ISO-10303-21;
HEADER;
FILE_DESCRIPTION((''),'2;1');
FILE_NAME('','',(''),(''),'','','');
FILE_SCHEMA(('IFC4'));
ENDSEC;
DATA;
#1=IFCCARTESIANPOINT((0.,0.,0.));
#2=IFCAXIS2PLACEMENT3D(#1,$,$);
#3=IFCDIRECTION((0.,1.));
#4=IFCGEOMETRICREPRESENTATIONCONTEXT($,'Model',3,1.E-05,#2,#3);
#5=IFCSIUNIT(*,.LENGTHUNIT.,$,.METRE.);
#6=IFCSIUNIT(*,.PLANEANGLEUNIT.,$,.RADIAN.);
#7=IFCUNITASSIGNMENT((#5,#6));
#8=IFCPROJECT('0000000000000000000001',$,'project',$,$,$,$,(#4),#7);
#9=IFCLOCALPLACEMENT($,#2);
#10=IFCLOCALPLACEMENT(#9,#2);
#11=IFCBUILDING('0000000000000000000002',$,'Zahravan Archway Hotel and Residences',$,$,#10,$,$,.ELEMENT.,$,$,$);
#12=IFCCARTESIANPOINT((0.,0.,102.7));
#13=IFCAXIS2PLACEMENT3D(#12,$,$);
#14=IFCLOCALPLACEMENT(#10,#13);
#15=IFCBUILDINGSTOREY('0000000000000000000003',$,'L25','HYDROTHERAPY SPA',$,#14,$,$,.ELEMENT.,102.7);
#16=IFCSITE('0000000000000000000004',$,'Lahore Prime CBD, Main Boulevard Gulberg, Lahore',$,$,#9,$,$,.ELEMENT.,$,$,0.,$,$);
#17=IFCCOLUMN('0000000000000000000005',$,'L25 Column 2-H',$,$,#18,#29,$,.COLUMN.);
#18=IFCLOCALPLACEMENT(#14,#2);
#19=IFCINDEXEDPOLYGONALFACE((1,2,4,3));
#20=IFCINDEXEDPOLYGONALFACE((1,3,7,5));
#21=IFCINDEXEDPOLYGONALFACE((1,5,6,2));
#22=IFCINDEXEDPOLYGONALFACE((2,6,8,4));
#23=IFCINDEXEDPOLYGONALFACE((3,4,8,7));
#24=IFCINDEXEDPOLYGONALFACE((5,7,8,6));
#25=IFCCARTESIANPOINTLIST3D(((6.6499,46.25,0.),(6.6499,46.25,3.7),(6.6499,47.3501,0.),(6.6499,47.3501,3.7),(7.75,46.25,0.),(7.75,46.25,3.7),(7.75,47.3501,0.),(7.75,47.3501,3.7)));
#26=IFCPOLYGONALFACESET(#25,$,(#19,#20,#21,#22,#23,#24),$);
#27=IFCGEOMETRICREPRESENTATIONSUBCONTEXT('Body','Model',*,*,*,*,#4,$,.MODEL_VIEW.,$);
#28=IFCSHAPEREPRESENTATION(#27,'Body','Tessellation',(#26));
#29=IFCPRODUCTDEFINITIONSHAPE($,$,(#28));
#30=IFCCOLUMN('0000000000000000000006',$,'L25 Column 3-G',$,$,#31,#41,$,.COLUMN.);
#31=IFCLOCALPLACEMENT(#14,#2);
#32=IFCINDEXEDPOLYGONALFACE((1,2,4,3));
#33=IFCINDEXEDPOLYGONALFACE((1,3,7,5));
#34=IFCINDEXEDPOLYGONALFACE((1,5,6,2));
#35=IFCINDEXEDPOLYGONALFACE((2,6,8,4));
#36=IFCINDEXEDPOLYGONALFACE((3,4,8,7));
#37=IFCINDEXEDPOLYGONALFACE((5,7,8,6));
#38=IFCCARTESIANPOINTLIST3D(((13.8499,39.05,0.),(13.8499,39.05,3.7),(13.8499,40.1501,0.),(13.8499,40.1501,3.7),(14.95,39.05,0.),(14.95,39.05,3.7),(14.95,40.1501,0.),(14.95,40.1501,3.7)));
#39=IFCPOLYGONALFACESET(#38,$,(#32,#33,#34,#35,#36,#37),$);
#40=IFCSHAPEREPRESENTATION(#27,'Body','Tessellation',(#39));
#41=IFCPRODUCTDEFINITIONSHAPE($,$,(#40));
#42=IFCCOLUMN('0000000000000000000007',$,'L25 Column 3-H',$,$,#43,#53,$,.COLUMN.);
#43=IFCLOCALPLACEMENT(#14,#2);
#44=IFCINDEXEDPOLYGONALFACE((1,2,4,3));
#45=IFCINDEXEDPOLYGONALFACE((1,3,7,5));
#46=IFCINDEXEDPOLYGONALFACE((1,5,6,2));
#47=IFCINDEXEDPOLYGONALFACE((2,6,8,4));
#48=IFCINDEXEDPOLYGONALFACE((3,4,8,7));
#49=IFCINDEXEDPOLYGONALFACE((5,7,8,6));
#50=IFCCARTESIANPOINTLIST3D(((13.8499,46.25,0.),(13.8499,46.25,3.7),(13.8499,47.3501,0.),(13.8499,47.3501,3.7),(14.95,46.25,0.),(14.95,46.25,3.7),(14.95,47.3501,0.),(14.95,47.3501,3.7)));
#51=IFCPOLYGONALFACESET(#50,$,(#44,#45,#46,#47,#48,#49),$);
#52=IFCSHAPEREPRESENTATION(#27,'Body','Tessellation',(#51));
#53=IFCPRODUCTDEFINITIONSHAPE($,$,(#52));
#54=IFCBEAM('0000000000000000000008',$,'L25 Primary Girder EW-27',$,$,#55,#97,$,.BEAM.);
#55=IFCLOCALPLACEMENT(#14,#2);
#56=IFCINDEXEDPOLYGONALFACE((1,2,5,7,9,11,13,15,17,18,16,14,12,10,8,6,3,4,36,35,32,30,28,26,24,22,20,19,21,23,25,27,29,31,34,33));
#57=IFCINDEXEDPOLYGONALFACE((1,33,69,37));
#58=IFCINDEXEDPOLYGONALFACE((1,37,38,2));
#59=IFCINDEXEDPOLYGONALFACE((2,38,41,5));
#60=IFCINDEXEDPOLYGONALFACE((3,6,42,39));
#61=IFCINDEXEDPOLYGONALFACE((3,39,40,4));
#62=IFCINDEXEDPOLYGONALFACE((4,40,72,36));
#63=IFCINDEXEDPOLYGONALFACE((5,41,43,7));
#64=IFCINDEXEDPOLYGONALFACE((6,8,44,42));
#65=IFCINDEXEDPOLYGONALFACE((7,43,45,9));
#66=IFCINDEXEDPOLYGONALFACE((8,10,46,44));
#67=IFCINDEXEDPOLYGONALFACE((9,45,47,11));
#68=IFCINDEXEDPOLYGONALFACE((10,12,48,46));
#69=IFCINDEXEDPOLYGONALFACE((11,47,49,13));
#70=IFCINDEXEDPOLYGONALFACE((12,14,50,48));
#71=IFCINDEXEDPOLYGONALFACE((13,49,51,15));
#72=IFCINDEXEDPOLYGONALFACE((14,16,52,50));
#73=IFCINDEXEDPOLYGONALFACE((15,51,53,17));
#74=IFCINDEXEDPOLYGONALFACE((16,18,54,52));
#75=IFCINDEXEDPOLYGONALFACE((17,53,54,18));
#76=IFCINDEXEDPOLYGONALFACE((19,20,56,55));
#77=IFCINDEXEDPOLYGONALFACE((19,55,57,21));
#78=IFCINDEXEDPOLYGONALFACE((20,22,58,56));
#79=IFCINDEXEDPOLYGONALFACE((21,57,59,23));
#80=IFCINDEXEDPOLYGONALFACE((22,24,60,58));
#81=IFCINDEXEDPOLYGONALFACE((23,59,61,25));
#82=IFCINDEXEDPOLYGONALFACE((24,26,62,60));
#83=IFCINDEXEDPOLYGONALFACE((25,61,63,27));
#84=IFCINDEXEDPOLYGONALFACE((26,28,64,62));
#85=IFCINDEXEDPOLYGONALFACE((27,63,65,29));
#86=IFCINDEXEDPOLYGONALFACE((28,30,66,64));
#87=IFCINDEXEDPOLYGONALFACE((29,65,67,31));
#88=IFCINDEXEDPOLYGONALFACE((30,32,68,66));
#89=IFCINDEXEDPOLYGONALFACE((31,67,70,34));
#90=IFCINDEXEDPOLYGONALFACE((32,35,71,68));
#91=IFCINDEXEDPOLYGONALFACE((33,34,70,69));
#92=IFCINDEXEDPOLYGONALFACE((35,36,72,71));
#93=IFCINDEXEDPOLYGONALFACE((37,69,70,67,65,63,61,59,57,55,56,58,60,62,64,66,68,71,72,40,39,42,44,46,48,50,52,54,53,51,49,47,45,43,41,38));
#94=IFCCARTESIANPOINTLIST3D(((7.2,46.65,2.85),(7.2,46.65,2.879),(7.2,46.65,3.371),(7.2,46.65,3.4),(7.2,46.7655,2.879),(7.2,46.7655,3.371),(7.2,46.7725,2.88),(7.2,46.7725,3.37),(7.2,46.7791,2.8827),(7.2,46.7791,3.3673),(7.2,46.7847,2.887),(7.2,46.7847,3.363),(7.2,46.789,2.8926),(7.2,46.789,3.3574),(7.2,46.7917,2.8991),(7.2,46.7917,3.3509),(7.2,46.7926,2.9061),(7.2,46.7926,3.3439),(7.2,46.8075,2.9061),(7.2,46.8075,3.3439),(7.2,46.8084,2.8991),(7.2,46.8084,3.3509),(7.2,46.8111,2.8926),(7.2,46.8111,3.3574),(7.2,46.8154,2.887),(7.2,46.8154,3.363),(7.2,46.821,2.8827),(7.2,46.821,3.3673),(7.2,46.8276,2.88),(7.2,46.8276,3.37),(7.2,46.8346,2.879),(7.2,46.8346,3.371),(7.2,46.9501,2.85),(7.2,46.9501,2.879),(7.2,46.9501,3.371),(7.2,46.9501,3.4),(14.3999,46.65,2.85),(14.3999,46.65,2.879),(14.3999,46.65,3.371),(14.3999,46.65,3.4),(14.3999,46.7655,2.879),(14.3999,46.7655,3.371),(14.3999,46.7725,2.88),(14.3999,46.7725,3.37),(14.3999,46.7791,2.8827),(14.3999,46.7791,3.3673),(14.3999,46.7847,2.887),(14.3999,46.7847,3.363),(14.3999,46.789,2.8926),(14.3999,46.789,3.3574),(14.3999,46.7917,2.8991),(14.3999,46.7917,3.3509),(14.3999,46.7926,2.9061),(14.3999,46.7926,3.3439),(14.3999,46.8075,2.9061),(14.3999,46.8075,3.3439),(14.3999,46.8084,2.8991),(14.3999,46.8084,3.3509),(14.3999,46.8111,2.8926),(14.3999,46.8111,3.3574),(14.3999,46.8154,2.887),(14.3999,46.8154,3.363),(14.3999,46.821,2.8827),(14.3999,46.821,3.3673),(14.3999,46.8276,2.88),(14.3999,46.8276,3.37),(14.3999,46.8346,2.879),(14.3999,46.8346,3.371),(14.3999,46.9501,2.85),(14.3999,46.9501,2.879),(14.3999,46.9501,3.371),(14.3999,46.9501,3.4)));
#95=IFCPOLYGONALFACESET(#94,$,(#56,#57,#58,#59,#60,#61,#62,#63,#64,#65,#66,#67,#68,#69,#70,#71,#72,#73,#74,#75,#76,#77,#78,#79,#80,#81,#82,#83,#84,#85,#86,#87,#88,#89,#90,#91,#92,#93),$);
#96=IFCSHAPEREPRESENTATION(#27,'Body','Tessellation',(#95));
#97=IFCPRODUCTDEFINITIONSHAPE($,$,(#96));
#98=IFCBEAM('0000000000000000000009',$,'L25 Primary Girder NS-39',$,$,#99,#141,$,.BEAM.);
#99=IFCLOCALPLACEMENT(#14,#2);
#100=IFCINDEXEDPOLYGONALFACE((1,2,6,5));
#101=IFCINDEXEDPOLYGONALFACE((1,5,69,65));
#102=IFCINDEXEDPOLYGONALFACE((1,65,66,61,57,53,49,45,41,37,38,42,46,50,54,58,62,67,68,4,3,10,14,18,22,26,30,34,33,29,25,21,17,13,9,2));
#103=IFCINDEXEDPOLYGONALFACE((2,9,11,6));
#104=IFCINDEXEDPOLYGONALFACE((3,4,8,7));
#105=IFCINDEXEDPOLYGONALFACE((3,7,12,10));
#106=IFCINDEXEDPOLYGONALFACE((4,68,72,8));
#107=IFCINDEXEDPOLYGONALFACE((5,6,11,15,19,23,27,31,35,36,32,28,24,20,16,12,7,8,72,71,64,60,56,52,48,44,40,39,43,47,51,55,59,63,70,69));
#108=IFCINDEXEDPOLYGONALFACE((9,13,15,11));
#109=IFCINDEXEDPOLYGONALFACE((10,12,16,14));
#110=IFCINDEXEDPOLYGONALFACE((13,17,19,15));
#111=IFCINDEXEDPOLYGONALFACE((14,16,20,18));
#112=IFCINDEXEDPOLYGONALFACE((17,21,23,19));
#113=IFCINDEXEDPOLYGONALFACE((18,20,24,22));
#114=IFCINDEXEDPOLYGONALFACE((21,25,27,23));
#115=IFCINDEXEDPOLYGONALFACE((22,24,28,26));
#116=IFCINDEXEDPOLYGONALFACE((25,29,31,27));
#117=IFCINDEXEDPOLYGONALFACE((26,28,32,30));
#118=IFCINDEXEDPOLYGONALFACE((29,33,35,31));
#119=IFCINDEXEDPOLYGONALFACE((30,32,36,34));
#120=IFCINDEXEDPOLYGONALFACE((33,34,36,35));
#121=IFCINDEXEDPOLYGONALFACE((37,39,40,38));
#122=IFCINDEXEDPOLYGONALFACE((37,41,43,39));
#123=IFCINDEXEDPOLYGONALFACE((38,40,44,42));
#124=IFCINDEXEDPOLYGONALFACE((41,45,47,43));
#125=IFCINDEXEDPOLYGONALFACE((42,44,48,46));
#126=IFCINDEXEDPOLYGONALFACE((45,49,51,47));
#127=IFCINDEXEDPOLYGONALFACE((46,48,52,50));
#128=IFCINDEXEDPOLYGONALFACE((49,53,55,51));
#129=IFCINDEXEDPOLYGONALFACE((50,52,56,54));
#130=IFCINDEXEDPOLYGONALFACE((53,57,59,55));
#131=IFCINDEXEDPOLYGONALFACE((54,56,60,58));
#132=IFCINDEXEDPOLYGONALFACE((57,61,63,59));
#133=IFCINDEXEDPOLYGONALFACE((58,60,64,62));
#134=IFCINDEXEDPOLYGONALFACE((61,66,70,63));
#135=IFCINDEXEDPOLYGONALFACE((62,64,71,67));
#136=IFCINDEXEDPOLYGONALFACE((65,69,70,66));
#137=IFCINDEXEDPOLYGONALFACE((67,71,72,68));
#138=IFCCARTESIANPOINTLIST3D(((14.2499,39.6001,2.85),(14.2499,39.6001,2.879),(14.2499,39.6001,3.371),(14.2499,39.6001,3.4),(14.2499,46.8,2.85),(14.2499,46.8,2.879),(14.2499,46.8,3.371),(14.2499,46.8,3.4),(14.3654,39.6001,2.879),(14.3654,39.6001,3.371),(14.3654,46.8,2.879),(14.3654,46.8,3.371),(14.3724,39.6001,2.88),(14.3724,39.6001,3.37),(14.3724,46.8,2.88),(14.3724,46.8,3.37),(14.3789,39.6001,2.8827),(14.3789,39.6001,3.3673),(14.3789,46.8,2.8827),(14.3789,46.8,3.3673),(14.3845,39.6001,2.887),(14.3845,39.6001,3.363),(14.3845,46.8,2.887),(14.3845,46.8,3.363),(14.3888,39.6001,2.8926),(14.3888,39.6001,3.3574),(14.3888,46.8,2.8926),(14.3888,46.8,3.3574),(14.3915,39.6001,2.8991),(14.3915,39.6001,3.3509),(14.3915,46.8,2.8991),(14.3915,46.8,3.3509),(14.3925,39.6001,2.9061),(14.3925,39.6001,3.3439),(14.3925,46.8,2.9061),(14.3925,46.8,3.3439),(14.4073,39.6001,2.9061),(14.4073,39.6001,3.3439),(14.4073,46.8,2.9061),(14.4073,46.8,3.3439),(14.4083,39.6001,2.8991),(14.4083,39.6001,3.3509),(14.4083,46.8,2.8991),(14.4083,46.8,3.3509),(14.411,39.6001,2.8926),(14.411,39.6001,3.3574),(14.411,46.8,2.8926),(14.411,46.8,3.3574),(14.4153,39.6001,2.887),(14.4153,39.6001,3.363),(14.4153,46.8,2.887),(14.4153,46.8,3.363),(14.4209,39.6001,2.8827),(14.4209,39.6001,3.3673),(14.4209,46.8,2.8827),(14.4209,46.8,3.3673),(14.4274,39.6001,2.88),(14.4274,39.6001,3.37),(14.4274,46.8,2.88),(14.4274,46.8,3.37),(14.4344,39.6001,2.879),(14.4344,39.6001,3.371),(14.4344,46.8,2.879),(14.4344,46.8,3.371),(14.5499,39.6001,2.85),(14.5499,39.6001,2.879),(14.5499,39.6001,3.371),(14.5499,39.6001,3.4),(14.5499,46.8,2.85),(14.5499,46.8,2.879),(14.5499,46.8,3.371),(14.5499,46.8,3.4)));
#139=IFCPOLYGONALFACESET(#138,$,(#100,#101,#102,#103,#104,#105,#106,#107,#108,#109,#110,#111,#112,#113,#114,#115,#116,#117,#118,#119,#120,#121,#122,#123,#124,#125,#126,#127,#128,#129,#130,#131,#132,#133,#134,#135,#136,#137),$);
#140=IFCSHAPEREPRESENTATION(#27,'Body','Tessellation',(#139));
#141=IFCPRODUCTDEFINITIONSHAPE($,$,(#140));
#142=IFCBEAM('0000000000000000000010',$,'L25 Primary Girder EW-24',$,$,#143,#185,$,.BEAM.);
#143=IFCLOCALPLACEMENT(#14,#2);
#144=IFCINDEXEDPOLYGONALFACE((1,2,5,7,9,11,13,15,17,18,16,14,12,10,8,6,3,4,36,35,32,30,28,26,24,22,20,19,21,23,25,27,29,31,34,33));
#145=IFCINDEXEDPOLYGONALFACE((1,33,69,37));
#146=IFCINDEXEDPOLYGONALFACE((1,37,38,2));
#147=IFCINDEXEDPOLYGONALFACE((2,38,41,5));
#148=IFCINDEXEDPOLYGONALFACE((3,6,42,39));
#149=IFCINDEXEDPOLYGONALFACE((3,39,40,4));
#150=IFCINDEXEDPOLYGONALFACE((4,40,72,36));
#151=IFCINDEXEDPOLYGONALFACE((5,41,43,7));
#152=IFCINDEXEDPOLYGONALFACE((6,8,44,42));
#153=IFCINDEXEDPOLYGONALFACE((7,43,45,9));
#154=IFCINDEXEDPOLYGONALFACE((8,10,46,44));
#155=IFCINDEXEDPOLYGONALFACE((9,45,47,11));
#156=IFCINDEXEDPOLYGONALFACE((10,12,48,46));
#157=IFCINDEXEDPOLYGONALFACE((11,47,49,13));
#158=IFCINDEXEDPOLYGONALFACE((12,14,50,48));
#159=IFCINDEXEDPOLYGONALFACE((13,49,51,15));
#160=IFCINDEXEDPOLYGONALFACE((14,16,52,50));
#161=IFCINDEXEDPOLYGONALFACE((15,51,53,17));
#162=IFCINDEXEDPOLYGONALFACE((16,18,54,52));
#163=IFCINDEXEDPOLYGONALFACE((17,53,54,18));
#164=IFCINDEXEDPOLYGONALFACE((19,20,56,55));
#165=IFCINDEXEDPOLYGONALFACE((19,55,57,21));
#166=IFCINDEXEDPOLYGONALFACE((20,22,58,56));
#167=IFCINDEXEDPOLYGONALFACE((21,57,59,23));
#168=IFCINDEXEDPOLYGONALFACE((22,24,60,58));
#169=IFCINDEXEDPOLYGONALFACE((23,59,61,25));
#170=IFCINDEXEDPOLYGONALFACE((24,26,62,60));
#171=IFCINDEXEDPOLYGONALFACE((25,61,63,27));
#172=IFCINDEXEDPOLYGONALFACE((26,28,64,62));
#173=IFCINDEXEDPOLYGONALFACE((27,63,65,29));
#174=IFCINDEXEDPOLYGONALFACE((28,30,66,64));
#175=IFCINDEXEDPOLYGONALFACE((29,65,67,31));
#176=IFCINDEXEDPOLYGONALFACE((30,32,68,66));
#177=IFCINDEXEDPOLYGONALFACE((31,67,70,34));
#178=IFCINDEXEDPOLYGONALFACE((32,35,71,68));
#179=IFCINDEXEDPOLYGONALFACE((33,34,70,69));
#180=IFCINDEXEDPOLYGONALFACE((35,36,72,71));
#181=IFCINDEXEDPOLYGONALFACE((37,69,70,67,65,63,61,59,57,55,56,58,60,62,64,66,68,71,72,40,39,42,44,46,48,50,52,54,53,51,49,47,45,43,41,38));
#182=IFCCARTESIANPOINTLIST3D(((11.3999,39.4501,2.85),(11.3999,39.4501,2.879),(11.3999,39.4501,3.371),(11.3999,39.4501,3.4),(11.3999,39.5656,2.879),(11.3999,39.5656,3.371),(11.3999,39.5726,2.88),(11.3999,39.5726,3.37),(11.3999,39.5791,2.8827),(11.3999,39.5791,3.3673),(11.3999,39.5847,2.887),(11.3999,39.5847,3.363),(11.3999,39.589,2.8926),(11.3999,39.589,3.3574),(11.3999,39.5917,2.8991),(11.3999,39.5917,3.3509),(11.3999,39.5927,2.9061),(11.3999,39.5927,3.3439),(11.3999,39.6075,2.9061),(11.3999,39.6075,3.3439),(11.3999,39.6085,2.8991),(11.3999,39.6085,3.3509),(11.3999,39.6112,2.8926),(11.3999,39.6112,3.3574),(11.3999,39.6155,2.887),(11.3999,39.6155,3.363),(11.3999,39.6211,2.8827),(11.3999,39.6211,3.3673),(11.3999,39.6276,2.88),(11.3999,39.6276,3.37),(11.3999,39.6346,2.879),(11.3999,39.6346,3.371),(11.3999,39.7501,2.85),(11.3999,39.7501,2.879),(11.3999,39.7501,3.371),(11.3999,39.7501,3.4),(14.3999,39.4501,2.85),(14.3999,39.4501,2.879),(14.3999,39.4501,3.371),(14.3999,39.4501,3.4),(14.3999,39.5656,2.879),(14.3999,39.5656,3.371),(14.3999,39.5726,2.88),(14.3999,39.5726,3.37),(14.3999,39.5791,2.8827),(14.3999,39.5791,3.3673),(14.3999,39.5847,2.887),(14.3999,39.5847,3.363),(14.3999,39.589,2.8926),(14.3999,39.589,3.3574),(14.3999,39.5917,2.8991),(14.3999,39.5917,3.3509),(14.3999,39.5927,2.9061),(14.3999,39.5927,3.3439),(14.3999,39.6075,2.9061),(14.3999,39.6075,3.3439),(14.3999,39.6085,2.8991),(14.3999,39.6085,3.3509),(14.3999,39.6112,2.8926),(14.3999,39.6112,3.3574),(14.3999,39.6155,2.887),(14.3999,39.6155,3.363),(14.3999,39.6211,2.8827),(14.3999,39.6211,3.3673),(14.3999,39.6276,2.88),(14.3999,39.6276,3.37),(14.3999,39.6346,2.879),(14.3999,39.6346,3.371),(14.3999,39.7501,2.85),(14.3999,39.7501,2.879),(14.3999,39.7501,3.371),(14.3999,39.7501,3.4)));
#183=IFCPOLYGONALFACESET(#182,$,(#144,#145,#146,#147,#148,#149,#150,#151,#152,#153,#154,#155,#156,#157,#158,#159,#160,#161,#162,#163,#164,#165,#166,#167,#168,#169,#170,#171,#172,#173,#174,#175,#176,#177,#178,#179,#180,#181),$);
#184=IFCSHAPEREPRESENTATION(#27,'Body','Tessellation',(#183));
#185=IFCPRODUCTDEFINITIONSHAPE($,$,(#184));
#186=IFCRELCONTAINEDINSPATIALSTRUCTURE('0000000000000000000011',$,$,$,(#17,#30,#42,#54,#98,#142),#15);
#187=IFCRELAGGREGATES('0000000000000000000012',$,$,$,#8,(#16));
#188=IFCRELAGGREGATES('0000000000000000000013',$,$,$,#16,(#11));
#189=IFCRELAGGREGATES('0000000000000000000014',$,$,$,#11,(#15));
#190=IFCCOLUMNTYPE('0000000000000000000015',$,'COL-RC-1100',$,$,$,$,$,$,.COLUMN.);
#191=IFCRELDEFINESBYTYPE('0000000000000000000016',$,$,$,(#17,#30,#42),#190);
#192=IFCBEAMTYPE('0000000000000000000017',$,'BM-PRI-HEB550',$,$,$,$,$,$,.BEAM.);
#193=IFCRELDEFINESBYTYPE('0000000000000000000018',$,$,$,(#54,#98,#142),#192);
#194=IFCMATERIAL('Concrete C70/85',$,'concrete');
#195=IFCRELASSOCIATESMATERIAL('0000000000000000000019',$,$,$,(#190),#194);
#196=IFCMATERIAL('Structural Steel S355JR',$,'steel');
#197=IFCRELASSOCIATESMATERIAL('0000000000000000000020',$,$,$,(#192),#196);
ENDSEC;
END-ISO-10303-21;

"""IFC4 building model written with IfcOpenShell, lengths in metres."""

from ifc_helpers import new_model, si_unit, direction, frame, origin, origin_2d, place, context, subcontext, project, spatial, rectangle, i_section, extrude, source, transform, mapped, material, material_profile, profile_set, type_object, element, save


model = new_model("IFC4")

# Units and contexts
model_context = context("Model", 3, precision=1e-05, world=origin(), true_north=direction((0.0, 1.0)))
body_context = subcontext(model_context, "Body", "Model", "MODEL_VIEW")
ifc_project = project(units=[si_unit("LENGTHUNIT", "METRE"), si_unit("PLANEANGLEUNIT", "RADIAN")], contexts=[model_context])

# Site, building, storey
site_placement = place(None, origin())
site = spatial("IfcSite", under=ifc_project, at=site_placement, Name="Lahore Prime CBD, Main Boulevard Gulberg, Lahore", CompositionType="ELEMENT", RefElevation=0.0)
building_placement = place(site_placement, origin())
building = spatial("IfcBuilding", under=site, at=building_placement, Name="Zahravan Archway Hotel and Residences", CompositionType="ELEMENT")
storey_placement = place(building_placement, frame((0.0, 0.0, 102.7)))
storey = spatial("IfcBuildingStorey", under=building, at=storey_placement, Name="L25", Description="HYDROTHERAPY SPA", CompositionType="ELEMENT", Elevation=102.7)

# Columns
ifc_material_1 = material(Name="Concrete C70/85", Category="concrete")
ifc_material_profile_1 = material_profile(ifc_material_1, rectangle(XDim=1.1001, YDim=1.1001, at=origin_2d()), Name="RC 1100x1100", Category="concrete")
ifc_profile_set_1 = profile_set([ifc_material_profile_1], Name="Concrete C70/85")
column_type = type_object("IfcColumnType", Name="COL-RC-1100", PredefinedType="COLUMN", material=ifc_profile_set_1)
shared_shape_1 = source(origin(), body_context, "Body", "SweptSolid", [
    extrude(rectangle(XDim=1.1001, YDim=1.1001, at=origin_2d()), origin(), (0.0, 0.0, 1.0), 3.7),
])
for number, where, z_axis, x_axis, name in (
    (1, (7.2, 46.8, 0.0), (0.0, 0.0, 1.0), (1.0, 0.0, 0.0), "L25 Column 2-H"),
    (2, (14.3999, 39.6001, 0.0), (0.0, 0.0, 1.0), (1.0, 0.0, 0.0), "L25 Column 3-G"),
    (3, (14.3999, 46.8, 0.0), (0.0, 0.0, 1.0), (1.0, 0.0, 0.0), "L25 Column 3-H"),
):
    element("IfcColumn", number, at=place(storey_placement, frame(where, z_axis=z_axis, x_axis=x_axis)), inside=storey, type_object=column_type, Name=name, PredefinedType="COLUMN", context=body_context, shape_type="MappedRepresentation", body=[
        mapped(shared_shape_1, transform((0.0, 0.0, 0.0), scale=1.0)),
    ])

# Beams
ifc_material_2 = material(Name="Structural Steel S355JR", Category="steel")
ifc_material_profile_2 = material_profile(ifc_material_2, i_section(OverallWidth=0.3, OverallDepth=0.55, WebThickness=0.0149, FlangeThickness=0.0291, FilletRadius=0.0271, at=origin_2d()), Name="HEB 550", Category="steel")
ifc_profile_set_2 = profile_set([ifc_material_profile_2], Name="Structural Steel S355JR")
beam_type_1 = type_object("IfcBeamType", Name="BM-PRI-HEB550", PredefinedType="BEAM", material=ifc_profile_set_2)
shared_shape_2 = source(origin(), body_context, "Body", "SweptSolid", [
    extrude(i_section(OverallWidth=0.3, OverallDepth=0.55, WebThickness=0.0149, FlangeThickness=0.0291, FilletRadius=0.0271, at=origin_2d()), origin(), (0.0, 0.0, 1.0), 7.2),
])
for number, where, z_axis, x_axis, name in (
    (4, (7.2, 46.8, 3.125), (1.0, 0.0, 0.0), (0.0, 1.0, 0.0), "L25 Primary Girder EW-27"),
    (5, (14.3999, 39.6001, 3.125), (0.0, 1.0, 0.0), (-1.0, 0.0, 0.0), "L25 Primary Girder NS-39"),
):
    element("IfcBeam", number, at=place(storey_placement, frame(where, z_axis=z_axis, x_axis=x_axis)), inside=storey, type_object=beam_type_1, Name=name, PredefinedType="BEAM", context=body_context, shape_type="MappedRepresentation", body=[
        mapped(shared_shape_2, transform((0.0, 0.0, 0.0), scale=1.0)),
    ])
shared_shape_3 = source(origin(), body_context, "Body", "SweptSolid", [
    extrude(i_section(OverallWidth=0.3, OverallDepth=0.55, WebThickness=0.0149, FlangeThickness=0.0291, FilletRadius=0.0271, at=origin_2d()), origin(), (0.0, 0.0, 1.0), 3.0),
])
beam_1_placement = place(storey_placement, frame((11.3999, 39.6001, 3.125), z_axis=(1.0, 0.0, 0.0), x_axis=(0.0, 1.0, 0.0)))
element("IfcBeam", 6, at=beam_1_placement, inside=storey, type_object=beam_type_1, Name="L25 Primary Girder EW-24", PredefinedType="BEAM", context=body_context, shape_type="MappedRepresentation", body=[
    mapped(shared_shape_3, transform((0.0, 0.0, 0.0), scale=1.0)),
])

save(model, "model.ifc")
